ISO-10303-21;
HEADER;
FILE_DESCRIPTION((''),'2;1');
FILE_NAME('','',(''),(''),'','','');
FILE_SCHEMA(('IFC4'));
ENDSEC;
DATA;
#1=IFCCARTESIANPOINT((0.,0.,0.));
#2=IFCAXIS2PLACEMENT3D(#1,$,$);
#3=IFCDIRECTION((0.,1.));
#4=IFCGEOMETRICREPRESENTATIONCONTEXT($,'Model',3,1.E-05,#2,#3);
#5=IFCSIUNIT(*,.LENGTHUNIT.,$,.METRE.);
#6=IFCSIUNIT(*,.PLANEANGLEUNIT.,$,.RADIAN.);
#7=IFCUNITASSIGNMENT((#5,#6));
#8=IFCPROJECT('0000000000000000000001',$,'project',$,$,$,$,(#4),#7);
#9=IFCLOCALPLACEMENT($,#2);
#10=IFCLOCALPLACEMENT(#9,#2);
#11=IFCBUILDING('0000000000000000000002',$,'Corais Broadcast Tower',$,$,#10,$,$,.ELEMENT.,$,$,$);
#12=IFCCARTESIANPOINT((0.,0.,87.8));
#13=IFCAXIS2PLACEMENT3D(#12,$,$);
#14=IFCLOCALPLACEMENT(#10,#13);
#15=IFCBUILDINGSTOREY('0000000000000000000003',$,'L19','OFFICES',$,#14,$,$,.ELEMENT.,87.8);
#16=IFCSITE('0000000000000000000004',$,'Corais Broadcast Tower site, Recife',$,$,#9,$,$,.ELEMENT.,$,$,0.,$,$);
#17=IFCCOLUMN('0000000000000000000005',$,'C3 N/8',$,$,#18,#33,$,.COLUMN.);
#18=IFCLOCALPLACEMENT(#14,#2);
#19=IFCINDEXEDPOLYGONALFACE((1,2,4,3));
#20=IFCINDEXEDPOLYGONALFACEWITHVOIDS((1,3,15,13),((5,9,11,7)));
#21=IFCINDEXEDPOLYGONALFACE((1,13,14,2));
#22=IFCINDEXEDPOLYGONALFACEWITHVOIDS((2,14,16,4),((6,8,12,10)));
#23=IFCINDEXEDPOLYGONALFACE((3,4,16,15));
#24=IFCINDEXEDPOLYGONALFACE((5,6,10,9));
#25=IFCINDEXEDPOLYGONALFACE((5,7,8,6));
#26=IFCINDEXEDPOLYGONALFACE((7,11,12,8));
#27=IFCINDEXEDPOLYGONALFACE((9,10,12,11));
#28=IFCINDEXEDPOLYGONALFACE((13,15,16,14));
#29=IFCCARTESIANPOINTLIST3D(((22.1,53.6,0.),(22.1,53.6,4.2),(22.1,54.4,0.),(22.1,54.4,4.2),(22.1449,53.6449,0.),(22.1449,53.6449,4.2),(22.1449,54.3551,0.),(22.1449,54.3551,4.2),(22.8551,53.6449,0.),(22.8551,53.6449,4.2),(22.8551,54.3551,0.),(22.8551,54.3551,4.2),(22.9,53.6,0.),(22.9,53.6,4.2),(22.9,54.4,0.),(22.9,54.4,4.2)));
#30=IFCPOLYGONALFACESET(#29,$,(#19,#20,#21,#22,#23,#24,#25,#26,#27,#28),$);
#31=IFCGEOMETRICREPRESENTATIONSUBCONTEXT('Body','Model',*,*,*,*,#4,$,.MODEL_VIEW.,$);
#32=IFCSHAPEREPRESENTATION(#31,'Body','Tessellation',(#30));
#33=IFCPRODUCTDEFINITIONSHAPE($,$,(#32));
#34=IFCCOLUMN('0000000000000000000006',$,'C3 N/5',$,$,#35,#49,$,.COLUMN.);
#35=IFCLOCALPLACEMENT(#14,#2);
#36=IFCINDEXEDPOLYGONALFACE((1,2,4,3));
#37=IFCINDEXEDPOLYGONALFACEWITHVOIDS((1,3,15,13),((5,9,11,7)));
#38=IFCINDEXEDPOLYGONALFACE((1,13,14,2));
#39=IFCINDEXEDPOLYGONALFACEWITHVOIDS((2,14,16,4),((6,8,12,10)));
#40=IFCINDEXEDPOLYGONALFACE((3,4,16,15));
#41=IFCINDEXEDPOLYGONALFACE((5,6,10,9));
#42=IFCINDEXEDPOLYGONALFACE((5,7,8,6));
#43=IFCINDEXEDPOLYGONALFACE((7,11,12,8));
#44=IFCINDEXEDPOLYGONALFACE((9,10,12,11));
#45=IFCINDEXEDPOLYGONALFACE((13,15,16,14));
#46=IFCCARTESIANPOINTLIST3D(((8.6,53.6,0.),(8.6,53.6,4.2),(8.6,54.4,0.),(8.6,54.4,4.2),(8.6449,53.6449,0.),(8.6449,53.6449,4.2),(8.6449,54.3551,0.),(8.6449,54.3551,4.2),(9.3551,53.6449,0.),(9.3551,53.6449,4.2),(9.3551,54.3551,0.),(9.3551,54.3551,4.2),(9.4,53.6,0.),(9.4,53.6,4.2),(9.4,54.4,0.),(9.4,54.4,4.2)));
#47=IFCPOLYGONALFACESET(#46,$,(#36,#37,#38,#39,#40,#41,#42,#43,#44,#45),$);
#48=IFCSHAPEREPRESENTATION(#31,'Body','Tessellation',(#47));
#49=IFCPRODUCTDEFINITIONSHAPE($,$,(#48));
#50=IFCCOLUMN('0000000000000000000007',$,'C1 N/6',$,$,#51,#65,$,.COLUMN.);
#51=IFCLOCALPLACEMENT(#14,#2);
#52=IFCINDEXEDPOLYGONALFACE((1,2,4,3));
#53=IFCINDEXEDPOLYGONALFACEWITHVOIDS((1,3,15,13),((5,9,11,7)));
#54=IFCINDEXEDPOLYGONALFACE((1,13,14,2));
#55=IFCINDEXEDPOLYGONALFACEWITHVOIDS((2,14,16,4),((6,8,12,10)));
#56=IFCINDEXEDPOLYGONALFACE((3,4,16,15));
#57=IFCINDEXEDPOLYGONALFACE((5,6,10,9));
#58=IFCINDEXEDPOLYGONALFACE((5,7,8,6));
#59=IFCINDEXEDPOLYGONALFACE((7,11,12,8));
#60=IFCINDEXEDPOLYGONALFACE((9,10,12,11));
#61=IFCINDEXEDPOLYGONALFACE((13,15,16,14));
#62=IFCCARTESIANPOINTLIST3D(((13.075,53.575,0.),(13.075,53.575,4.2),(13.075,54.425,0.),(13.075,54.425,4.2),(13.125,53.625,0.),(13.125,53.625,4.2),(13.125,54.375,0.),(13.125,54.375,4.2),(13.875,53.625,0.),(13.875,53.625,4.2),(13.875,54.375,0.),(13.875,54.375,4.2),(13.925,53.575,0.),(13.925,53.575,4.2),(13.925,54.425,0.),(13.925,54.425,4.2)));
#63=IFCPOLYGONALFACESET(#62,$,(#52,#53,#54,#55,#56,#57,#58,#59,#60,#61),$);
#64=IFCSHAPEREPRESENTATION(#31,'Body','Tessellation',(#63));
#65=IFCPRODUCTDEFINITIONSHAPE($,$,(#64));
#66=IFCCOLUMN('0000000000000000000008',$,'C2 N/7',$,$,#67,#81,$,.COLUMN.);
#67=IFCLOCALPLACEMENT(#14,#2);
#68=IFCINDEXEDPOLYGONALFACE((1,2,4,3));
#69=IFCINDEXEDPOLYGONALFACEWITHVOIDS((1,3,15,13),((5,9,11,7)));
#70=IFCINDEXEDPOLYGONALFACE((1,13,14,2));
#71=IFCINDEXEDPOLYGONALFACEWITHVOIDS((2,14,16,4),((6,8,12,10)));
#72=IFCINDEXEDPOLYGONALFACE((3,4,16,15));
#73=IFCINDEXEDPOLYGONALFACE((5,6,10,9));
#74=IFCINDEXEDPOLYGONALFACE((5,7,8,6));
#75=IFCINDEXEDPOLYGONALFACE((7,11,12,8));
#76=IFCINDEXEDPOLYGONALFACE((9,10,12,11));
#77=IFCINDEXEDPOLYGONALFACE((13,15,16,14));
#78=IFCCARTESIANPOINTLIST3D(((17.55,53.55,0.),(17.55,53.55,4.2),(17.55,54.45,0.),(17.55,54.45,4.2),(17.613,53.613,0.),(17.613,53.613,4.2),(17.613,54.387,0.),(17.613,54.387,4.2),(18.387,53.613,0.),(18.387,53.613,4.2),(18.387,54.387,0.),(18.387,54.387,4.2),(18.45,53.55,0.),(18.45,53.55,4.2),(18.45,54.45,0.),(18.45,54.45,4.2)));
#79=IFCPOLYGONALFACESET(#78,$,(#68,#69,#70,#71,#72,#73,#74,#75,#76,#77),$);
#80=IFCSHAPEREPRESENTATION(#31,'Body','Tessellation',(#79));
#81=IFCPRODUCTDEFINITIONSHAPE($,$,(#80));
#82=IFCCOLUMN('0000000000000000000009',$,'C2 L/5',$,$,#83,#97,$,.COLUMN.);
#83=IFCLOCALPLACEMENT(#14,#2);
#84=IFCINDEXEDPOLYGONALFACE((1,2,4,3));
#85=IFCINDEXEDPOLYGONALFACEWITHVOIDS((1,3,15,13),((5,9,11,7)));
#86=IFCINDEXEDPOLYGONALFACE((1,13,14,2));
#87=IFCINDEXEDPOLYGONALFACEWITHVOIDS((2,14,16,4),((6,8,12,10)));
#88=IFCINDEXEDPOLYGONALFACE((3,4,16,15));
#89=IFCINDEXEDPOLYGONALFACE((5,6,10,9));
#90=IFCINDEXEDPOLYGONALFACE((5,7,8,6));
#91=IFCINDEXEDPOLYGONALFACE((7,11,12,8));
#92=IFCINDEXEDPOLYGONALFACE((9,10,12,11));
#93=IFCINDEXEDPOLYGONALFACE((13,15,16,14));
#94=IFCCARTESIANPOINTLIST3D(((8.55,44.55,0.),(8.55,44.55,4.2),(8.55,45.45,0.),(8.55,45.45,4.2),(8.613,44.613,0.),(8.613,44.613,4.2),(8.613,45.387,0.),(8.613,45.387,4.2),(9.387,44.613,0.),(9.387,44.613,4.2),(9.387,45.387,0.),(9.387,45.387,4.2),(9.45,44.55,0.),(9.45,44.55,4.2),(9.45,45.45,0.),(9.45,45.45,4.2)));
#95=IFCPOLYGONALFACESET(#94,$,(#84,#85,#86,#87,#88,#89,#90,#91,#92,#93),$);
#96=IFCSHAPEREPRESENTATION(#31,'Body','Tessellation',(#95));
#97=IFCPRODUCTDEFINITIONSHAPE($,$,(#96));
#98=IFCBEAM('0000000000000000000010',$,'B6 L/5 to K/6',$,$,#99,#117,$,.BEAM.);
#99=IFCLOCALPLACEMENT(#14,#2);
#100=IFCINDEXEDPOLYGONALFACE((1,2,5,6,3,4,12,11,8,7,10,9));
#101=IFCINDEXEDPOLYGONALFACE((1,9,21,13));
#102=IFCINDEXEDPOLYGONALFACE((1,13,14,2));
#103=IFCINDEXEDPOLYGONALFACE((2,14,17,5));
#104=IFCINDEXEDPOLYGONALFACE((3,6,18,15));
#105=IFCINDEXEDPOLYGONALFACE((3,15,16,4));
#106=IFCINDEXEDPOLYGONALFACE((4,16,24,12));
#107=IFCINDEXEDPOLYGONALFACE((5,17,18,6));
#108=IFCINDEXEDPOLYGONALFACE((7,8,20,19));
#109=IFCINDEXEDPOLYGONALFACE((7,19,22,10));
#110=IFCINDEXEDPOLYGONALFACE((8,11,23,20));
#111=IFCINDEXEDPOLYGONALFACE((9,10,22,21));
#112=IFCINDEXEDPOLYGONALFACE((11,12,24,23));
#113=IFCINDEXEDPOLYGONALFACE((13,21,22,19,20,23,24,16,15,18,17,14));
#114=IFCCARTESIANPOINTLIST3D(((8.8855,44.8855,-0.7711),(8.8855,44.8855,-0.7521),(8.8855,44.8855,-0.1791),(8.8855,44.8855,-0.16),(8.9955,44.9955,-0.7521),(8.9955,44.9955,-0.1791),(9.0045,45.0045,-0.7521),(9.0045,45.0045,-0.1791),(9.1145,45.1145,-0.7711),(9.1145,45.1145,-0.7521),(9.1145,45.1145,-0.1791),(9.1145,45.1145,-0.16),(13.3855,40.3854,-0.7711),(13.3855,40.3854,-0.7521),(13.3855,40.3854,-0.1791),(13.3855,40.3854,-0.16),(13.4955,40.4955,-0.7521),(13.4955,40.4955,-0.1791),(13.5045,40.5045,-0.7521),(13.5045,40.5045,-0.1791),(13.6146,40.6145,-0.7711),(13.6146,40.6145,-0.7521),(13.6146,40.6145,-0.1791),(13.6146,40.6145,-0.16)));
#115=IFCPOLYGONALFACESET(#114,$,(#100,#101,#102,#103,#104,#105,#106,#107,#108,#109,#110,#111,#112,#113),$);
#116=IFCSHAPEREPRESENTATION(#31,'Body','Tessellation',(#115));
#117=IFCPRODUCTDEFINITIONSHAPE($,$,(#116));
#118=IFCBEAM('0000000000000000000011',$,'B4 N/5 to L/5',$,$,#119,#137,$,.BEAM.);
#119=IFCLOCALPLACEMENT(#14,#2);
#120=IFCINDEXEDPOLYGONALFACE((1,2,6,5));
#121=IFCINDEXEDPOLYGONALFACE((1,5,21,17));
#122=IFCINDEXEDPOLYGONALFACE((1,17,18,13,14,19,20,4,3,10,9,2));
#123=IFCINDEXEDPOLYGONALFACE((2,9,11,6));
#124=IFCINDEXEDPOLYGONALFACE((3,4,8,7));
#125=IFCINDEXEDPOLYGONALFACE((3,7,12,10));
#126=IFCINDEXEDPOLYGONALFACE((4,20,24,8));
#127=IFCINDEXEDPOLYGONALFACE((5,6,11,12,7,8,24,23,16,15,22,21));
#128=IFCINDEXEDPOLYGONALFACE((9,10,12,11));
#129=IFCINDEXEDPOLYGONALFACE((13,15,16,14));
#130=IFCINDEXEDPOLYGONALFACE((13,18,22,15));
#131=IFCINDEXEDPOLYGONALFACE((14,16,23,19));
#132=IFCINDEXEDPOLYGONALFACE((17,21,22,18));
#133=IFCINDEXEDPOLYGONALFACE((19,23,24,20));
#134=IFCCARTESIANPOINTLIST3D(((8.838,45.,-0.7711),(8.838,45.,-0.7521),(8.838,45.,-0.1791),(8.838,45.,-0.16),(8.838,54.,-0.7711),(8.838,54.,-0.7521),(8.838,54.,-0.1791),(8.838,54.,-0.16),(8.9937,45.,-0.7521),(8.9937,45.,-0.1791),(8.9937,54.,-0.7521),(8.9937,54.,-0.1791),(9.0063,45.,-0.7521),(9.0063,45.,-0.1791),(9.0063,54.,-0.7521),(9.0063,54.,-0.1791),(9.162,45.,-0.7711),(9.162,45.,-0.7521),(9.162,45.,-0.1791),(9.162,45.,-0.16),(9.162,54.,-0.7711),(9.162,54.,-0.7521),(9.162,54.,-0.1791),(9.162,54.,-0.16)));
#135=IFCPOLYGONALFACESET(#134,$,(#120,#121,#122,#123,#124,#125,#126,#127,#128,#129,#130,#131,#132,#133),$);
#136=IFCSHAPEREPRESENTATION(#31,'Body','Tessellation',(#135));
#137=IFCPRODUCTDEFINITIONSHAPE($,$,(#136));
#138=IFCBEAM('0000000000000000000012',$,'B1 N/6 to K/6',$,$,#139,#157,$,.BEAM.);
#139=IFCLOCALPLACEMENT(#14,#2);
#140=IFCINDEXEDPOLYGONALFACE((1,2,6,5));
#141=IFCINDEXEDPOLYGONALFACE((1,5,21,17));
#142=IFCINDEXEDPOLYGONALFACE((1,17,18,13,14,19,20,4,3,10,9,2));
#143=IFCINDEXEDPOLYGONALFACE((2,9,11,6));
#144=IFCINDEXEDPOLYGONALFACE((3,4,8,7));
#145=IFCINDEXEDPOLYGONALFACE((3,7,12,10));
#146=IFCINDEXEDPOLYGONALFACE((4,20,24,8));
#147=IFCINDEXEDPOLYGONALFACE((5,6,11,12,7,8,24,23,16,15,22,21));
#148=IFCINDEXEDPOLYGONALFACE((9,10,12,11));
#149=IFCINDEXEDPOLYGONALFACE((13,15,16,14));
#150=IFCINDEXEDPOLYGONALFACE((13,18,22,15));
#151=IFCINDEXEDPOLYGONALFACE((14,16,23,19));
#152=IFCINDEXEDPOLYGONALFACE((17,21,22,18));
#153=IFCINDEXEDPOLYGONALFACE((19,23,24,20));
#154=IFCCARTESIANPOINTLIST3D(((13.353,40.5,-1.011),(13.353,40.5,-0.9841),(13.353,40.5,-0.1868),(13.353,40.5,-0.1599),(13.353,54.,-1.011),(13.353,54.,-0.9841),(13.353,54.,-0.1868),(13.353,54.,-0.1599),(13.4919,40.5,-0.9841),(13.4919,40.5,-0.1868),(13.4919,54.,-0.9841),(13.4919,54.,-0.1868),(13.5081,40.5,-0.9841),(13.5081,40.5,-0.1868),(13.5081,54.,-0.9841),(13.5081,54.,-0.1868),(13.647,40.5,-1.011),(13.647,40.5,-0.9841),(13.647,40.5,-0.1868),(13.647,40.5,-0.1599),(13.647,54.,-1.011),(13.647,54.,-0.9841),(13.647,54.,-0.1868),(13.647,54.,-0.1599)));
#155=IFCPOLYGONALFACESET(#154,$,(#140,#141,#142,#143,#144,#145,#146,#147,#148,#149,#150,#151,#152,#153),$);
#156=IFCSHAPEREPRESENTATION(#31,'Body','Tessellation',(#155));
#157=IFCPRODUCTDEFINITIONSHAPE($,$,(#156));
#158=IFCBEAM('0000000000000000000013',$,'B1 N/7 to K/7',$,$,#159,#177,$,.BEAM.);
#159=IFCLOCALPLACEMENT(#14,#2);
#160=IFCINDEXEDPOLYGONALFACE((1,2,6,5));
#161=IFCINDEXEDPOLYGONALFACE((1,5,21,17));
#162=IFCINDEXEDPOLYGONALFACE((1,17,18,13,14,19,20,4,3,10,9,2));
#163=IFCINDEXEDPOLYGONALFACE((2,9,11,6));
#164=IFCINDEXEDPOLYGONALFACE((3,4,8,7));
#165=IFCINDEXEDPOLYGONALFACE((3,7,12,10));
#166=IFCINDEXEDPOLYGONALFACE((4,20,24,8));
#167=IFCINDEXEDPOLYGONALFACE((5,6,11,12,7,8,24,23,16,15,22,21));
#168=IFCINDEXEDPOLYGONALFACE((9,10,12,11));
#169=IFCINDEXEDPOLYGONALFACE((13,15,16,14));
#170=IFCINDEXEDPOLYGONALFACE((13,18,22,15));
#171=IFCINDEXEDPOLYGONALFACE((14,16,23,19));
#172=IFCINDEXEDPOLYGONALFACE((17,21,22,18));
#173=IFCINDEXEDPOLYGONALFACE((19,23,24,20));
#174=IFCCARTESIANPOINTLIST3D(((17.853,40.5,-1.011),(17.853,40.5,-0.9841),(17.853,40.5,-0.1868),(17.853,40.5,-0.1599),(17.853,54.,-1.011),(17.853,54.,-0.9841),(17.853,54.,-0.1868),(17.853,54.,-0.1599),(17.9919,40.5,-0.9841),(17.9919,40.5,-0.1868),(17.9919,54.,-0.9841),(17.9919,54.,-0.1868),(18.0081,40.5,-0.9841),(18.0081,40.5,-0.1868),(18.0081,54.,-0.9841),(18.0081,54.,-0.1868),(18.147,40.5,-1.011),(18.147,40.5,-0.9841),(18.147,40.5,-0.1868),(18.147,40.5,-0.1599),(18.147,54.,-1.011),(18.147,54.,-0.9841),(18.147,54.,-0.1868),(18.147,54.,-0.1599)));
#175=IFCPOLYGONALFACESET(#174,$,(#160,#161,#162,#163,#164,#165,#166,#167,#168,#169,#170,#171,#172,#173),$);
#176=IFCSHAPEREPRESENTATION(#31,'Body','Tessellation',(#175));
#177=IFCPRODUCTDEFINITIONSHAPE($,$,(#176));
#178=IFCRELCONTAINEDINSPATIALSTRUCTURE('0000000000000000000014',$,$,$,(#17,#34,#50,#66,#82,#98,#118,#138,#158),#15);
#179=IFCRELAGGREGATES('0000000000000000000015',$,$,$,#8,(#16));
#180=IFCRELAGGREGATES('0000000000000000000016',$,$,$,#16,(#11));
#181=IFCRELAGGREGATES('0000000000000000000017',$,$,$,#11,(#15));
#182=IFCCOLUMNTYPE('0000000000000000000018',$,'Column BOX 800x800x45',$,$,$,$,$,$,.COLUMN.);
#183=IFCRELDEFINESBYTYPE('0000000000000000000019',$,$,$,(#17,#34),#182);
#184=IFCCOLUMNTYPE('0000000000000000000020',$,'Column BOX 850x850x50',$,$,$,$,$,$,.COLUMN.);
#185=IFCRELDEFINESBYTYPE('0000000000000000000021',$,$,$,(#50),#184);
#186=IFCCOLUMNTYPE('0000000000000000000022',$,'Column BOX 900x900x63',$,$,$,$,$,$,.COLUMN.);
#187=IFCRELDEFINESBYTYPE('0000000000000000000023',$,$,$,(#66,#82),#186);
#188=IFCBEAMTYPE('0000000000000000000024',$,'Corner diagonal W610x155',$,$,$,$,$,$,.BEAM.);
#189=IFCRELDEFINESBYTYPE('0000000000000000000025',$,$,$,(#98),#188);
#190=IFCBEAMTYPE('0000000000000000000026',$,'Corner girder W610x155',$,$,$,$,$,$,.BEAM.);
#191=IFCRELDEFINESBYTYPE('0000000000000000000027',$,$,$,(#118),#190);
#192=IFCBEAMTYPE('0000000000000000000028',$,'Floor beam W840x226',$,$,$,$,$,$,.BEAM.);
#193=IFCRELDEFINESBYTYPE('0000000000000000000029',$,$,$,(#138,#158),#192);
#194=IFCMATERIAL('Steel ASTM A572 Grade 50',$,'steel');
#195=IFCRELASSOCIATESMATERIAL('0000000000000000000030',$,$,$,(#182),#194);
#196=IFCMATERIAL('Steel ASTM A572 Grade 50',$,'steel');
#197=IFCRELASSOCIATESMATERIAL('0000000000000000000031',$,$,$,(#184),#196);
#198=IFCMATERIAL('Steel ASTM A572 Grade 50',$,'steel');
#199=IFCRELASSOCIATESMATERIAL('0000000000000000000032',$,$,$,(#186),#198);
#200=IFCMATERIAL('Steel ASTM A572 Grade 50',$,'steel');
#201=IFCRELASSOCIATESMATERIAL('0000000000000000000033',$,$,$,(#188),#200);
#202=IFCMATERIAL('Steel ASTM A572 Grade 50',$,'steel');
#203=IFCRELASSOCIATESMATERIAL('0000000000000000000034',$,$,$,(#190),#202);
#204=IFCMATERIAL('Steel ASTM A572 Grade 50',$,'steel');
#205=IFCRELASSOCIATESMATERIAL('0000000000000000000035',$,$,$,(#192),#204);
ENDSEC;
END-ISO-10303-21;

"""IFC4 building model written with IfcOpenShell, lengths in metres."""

from ifc_helpers import new_model, si_unit, direction, frame, origin, origin_2d, place, context, subcontext, project, spatial, hollow_rectangle, i_section, extrude, material, material_profile, profile_set, type_object, element, save


model = new_model("IFC4")

# Units and contexts
model_context = context("Model", 3, precision=1e-05, world=origin(), true_north=direction((0.0, 1.0)))
body_context = subcontext(model_context, "Body", "Model", "MODEL_VIEW")
ifc_project = project(units=[si_unit("LENGTHUNIT", "METRE"), si_unit("PLANEANGLEUNIT", "RADIAN")], contexts=[model_context])

# Site, building, storey
site_placement = place(None, origin())
site = spatial("IfcSite", under=ifc_project, at=site_placement, Name="Corais Broadcast Tower site, Recife", CompositionType="ELEMENT", RefElevation=0.0)
building_placement = place(site_placement, origin())
building = spatial("IfcBuilding", under=site, at=building_placement, Name="Corais Broadcast Tower", CompositionType="ELEMENT")
storey_placement = place(building_placement, frame((0.0, 0.0, 87.8)))
storey = spatial("IfcBuildingStorey", under=building, at=storey_placement, Name="L19", Description="OFFICES", CompositionType="ELEMENT", Elevation=87.8)

# Columns
ifc_material_1 = material(Name="Steel ASTM A572 Grade 50", Category="steel")
ifc_material_profile_1 = material_profile(ifc_material_1, hollow_rectangle(XDim=0.8, YDim=0.8, WallThickness=0.0449, at=origin_2d()), Name="BOX 800x800x45")
ifc_profile_set_1 = profile_set([ifc_material_profile_1], Name="Steel ASTM A572 Grade 50")
column_type_1 = type_object("IfcColumnType", Name="Column BOX 800x800x45", PredefinedType="COLUMN", material=ifc_profile_set_1)
for number, where, z_axis, x_axis, name in (
    (1, (22.5, 54.0, 0.0), (0.0, 0.0, 1.0), (1.0, 0.0, 0.0), "C3 N/8"),
    (2, (9.0, 54.0, 0.0), (0.0, 0.0, 1.0), (1.0, 0.0, 0.0), "C3 N/5"),
):
    element("IfcColumn", number, at=place(storey_placement, frame(where, z_axis=z_axis, x_axis=x_axis)), inside=storey, type_object=column_type_1, Name=name, PredefinedType="COLUMN", context=body_context, shape_type="SweptSolid", body=[
        extrude(hollow_rectangle(XDim=0.8, YDim=0.8, WallThickness=0.0449, at=origin_2d()), origin(), (0.0, 0.0, 1.0), 4.2),
    ])
ifc_material_2 = material(Name="Steel ASTM A572 Grade 50", Category="steel")
ifc_material_profile_2 = material_profile(ifc_material_2, hollow_rectangle(XDim=0.8501, YDim=0.8501, WallThickness=0.05, at=origin_2d()), Name="BOX 850x850x50")
ifc_profile_set_2 = profile_set([ifc_material_profile_2], Name="Steel ASTM A572 Grade 50")
column_type_2 = type_object("IfcColumnType", Name="Column BOX 850x850x50", PredefinedType="COLUMN", material=ifc_profile_set_2)
column_placement = place(storey_placement, frame((13.5, 54.0, 0.0), z_axis=(0.0, 0.0, 1.0), x_axis=(1.0, 0.0, 0.0)))
element("IfcColumn", 3, at=column_placement, inside=storey, type_object=column_type_2, Name="C1 N/6", PredefinedType="COLUMN", context=body_context, shape_type="SweptSolid", body=[
    extrude(hollow_rectangle(XDim=0.8501, YDim=0.8501, WallThickness=0.05, at=origin_2d()), origin(), (0.0, 0.0, 1.0), 4.2),
])
ifc_material_3 = material(Name="Steel ASTM A572 Grade 50", Category="steel")
ifc_material_profile_3 = material_profile(ifc_material_3, hollow_rectangle(XDim=0.8999, YDim=0.8999, WallThickness=0.063, at=origin_2d()), Name="BOX 900x900x63")
ifc_profile_set_3 = profile_set([ifc_material_profile_3], Name="Steel ASTM A572 Grade 50")
column_type_3 = type_object("IfcColumnType", Name="Column BOX 900x900x63", PredefinedType="COLUMN", material=ifc_profile_set_3)
for number, where, z_axis, x_axis, name in (
    (4, (18.0, 54.0, 0.0), (0.0, 0.0, 1.0), (1.0, 0.0, 0.0), "C2 N/7"),
    (5, (9.0, 45.0, 0.0), (0.0, 0.0, 1.0), (1.0, 0.0, 0.0), "C2 L/5"),
):
    element("IfcColumn", number, at=place(storey_placement, frame(where, z_axis=z_axis, x_axis=x_axis)), inside=storey, type_object=column_type_3, Name=name, PredefinedType="COLUMN", context=body_context, shape_type="SweptSolid", body=[
        extrude(hollow_rectangle(XDim=0.8999, YDim=0.8999, WallThickness=0.063, at=origin_2d()), origin(), (0.0, 0.0, 1.0), 4.2),
    ])

# Beams
ifc_material_4 = material(Name="Steel ASTM A572 Grade 50", Category="steel")
ifc_material_profile_4 = material_profile(ifc_material_4, i_section(OverallWidth=0.324, OverallDepth=0.6111, WebThickness=0.0127, FlangeThickness=0.019, at=origin_2d()), Name="W610x155")
ifc_profile_set_4 = profile_set([ifc_material_profile_4], Name="Steel ASTM A572 Grade 50")
beam_type_1 = type_object("IfcBeamType", Name="Corner diagonal W610x155", PredefinedType="BEAM", material=ifc_profile_set_4)
beam_1_placement = place(storey_placement, frame((9.0, 45.0, -0.4656), z_axis=(0.707107, -0.707107, 0.0), x_axis=(0.707107, 0.707107, 0.0)))
element("IfcBeam", 6, at=beam_1_placement, inside=storey, type_object=beam_type_1, Name="B6 L/5 to K/6", PredefinedType="BEAM", context=body_context, shape_type="SweptSolid", body=[
    extrude(i_section(OverallWidth=0.324, OverallDepth=0.6111, WebThickness=0.0127, FlangeThickness=0.019, at=origin_2d()), origin(), (0.0, 0.0, 1.0), 6.364),
])
ifc_material_5 = material(Name="Steel ASTM A572 Grade 50", Category="steel")
ifc_material_profile_5 = material_profile(ifc_material_5, i_section(OverallWidth=0.324, OverallDepth=0.6111, WebThickness=0.0127, FlangeThickness=0.019, at=origin_2d()), Name="W610x155")
ifc_profile_set_5 = profile_set([ifc_material_profile_5], Name="Steel ASTM A572 Grade 50")
beam_type_2 = type_object("IfcBeamType", Name="Corner girder W610x155", PredefinedType="BEAM", material=ifc_profile_set_5)
beam_2_placement = place(storey_placement, frame((9.0, 54.0, -0.4656), z_axis=(0.0, -1.0, 0.0), x_axis=(1.0, 0.0, 0.0)))
element("IfcBeam", 7, at=beam_2_placement, inside=storey, type_object=beam_type_2, Name="B4 N/5 to L/5", PredefinedType="BEAM", context=body_context, shape_type="SweptSolid", body=[
    extrude(i_section(OverallWidth=0.324, OverallDepth=0.6111, WebThickness=0.0127, FlangeThickness=0.019, at=origin_2d()), origin(), (0.0, 0.0, 1.0), 9.0),
])
ifc_material_6 = material(Name="Steel ASTM A572 Grade 50", Category="steel")
ifc_material_profile_6 = material_profile(ifc_material_6, i_section(OverallWidth=0.2939, OverallDepth=0.8511, WebThickness=0.0161, FlangeThickness=0.0269, at=origin_2d()), Name="W840x226")
ifc_profile_set_6 = profile_set([ifc_material_profile_6], Name="Steel ASTM A572 Grade 50")
beam_type_3 = type_object("IfcBeamType", Name="Floor beam W840x226", PredefinedType="BEAM", material=ifc_profile_set_6)
for number, where, z_axis, x_axis, name in (
    (8, (13.5, 54.0, -0.5854), (0.0, -1.0, 0.0), (1.0, 0.0, 0.0), "B1 N/6 to K/6"),
    (9, (18.0, 54.0, -0.5854), (0.0, -1.0, 0.0), (1.0, 0.0, 0.0), "B1 N/7 to K/7"),
):
    element("IfcBeam", number, at=place(storey_placement, frame(where, z_axis=z_axis, x_axis=x_axis)), inside=storey, type_object=beam_type_3, Name=name, PredefinedType="BEAM", context=body_context, shape_type="SweptSolid", body=[
        extrude(i_section(OverallWidth=0.2939, OverallDepth=0.8511, WebThickness=0.0161, FlangeThickness=0.0269, at=origin_2d()), origin(), (0.0, 0.0, 1.0), 13.5),
    ])

save(model, "model.ifc")
